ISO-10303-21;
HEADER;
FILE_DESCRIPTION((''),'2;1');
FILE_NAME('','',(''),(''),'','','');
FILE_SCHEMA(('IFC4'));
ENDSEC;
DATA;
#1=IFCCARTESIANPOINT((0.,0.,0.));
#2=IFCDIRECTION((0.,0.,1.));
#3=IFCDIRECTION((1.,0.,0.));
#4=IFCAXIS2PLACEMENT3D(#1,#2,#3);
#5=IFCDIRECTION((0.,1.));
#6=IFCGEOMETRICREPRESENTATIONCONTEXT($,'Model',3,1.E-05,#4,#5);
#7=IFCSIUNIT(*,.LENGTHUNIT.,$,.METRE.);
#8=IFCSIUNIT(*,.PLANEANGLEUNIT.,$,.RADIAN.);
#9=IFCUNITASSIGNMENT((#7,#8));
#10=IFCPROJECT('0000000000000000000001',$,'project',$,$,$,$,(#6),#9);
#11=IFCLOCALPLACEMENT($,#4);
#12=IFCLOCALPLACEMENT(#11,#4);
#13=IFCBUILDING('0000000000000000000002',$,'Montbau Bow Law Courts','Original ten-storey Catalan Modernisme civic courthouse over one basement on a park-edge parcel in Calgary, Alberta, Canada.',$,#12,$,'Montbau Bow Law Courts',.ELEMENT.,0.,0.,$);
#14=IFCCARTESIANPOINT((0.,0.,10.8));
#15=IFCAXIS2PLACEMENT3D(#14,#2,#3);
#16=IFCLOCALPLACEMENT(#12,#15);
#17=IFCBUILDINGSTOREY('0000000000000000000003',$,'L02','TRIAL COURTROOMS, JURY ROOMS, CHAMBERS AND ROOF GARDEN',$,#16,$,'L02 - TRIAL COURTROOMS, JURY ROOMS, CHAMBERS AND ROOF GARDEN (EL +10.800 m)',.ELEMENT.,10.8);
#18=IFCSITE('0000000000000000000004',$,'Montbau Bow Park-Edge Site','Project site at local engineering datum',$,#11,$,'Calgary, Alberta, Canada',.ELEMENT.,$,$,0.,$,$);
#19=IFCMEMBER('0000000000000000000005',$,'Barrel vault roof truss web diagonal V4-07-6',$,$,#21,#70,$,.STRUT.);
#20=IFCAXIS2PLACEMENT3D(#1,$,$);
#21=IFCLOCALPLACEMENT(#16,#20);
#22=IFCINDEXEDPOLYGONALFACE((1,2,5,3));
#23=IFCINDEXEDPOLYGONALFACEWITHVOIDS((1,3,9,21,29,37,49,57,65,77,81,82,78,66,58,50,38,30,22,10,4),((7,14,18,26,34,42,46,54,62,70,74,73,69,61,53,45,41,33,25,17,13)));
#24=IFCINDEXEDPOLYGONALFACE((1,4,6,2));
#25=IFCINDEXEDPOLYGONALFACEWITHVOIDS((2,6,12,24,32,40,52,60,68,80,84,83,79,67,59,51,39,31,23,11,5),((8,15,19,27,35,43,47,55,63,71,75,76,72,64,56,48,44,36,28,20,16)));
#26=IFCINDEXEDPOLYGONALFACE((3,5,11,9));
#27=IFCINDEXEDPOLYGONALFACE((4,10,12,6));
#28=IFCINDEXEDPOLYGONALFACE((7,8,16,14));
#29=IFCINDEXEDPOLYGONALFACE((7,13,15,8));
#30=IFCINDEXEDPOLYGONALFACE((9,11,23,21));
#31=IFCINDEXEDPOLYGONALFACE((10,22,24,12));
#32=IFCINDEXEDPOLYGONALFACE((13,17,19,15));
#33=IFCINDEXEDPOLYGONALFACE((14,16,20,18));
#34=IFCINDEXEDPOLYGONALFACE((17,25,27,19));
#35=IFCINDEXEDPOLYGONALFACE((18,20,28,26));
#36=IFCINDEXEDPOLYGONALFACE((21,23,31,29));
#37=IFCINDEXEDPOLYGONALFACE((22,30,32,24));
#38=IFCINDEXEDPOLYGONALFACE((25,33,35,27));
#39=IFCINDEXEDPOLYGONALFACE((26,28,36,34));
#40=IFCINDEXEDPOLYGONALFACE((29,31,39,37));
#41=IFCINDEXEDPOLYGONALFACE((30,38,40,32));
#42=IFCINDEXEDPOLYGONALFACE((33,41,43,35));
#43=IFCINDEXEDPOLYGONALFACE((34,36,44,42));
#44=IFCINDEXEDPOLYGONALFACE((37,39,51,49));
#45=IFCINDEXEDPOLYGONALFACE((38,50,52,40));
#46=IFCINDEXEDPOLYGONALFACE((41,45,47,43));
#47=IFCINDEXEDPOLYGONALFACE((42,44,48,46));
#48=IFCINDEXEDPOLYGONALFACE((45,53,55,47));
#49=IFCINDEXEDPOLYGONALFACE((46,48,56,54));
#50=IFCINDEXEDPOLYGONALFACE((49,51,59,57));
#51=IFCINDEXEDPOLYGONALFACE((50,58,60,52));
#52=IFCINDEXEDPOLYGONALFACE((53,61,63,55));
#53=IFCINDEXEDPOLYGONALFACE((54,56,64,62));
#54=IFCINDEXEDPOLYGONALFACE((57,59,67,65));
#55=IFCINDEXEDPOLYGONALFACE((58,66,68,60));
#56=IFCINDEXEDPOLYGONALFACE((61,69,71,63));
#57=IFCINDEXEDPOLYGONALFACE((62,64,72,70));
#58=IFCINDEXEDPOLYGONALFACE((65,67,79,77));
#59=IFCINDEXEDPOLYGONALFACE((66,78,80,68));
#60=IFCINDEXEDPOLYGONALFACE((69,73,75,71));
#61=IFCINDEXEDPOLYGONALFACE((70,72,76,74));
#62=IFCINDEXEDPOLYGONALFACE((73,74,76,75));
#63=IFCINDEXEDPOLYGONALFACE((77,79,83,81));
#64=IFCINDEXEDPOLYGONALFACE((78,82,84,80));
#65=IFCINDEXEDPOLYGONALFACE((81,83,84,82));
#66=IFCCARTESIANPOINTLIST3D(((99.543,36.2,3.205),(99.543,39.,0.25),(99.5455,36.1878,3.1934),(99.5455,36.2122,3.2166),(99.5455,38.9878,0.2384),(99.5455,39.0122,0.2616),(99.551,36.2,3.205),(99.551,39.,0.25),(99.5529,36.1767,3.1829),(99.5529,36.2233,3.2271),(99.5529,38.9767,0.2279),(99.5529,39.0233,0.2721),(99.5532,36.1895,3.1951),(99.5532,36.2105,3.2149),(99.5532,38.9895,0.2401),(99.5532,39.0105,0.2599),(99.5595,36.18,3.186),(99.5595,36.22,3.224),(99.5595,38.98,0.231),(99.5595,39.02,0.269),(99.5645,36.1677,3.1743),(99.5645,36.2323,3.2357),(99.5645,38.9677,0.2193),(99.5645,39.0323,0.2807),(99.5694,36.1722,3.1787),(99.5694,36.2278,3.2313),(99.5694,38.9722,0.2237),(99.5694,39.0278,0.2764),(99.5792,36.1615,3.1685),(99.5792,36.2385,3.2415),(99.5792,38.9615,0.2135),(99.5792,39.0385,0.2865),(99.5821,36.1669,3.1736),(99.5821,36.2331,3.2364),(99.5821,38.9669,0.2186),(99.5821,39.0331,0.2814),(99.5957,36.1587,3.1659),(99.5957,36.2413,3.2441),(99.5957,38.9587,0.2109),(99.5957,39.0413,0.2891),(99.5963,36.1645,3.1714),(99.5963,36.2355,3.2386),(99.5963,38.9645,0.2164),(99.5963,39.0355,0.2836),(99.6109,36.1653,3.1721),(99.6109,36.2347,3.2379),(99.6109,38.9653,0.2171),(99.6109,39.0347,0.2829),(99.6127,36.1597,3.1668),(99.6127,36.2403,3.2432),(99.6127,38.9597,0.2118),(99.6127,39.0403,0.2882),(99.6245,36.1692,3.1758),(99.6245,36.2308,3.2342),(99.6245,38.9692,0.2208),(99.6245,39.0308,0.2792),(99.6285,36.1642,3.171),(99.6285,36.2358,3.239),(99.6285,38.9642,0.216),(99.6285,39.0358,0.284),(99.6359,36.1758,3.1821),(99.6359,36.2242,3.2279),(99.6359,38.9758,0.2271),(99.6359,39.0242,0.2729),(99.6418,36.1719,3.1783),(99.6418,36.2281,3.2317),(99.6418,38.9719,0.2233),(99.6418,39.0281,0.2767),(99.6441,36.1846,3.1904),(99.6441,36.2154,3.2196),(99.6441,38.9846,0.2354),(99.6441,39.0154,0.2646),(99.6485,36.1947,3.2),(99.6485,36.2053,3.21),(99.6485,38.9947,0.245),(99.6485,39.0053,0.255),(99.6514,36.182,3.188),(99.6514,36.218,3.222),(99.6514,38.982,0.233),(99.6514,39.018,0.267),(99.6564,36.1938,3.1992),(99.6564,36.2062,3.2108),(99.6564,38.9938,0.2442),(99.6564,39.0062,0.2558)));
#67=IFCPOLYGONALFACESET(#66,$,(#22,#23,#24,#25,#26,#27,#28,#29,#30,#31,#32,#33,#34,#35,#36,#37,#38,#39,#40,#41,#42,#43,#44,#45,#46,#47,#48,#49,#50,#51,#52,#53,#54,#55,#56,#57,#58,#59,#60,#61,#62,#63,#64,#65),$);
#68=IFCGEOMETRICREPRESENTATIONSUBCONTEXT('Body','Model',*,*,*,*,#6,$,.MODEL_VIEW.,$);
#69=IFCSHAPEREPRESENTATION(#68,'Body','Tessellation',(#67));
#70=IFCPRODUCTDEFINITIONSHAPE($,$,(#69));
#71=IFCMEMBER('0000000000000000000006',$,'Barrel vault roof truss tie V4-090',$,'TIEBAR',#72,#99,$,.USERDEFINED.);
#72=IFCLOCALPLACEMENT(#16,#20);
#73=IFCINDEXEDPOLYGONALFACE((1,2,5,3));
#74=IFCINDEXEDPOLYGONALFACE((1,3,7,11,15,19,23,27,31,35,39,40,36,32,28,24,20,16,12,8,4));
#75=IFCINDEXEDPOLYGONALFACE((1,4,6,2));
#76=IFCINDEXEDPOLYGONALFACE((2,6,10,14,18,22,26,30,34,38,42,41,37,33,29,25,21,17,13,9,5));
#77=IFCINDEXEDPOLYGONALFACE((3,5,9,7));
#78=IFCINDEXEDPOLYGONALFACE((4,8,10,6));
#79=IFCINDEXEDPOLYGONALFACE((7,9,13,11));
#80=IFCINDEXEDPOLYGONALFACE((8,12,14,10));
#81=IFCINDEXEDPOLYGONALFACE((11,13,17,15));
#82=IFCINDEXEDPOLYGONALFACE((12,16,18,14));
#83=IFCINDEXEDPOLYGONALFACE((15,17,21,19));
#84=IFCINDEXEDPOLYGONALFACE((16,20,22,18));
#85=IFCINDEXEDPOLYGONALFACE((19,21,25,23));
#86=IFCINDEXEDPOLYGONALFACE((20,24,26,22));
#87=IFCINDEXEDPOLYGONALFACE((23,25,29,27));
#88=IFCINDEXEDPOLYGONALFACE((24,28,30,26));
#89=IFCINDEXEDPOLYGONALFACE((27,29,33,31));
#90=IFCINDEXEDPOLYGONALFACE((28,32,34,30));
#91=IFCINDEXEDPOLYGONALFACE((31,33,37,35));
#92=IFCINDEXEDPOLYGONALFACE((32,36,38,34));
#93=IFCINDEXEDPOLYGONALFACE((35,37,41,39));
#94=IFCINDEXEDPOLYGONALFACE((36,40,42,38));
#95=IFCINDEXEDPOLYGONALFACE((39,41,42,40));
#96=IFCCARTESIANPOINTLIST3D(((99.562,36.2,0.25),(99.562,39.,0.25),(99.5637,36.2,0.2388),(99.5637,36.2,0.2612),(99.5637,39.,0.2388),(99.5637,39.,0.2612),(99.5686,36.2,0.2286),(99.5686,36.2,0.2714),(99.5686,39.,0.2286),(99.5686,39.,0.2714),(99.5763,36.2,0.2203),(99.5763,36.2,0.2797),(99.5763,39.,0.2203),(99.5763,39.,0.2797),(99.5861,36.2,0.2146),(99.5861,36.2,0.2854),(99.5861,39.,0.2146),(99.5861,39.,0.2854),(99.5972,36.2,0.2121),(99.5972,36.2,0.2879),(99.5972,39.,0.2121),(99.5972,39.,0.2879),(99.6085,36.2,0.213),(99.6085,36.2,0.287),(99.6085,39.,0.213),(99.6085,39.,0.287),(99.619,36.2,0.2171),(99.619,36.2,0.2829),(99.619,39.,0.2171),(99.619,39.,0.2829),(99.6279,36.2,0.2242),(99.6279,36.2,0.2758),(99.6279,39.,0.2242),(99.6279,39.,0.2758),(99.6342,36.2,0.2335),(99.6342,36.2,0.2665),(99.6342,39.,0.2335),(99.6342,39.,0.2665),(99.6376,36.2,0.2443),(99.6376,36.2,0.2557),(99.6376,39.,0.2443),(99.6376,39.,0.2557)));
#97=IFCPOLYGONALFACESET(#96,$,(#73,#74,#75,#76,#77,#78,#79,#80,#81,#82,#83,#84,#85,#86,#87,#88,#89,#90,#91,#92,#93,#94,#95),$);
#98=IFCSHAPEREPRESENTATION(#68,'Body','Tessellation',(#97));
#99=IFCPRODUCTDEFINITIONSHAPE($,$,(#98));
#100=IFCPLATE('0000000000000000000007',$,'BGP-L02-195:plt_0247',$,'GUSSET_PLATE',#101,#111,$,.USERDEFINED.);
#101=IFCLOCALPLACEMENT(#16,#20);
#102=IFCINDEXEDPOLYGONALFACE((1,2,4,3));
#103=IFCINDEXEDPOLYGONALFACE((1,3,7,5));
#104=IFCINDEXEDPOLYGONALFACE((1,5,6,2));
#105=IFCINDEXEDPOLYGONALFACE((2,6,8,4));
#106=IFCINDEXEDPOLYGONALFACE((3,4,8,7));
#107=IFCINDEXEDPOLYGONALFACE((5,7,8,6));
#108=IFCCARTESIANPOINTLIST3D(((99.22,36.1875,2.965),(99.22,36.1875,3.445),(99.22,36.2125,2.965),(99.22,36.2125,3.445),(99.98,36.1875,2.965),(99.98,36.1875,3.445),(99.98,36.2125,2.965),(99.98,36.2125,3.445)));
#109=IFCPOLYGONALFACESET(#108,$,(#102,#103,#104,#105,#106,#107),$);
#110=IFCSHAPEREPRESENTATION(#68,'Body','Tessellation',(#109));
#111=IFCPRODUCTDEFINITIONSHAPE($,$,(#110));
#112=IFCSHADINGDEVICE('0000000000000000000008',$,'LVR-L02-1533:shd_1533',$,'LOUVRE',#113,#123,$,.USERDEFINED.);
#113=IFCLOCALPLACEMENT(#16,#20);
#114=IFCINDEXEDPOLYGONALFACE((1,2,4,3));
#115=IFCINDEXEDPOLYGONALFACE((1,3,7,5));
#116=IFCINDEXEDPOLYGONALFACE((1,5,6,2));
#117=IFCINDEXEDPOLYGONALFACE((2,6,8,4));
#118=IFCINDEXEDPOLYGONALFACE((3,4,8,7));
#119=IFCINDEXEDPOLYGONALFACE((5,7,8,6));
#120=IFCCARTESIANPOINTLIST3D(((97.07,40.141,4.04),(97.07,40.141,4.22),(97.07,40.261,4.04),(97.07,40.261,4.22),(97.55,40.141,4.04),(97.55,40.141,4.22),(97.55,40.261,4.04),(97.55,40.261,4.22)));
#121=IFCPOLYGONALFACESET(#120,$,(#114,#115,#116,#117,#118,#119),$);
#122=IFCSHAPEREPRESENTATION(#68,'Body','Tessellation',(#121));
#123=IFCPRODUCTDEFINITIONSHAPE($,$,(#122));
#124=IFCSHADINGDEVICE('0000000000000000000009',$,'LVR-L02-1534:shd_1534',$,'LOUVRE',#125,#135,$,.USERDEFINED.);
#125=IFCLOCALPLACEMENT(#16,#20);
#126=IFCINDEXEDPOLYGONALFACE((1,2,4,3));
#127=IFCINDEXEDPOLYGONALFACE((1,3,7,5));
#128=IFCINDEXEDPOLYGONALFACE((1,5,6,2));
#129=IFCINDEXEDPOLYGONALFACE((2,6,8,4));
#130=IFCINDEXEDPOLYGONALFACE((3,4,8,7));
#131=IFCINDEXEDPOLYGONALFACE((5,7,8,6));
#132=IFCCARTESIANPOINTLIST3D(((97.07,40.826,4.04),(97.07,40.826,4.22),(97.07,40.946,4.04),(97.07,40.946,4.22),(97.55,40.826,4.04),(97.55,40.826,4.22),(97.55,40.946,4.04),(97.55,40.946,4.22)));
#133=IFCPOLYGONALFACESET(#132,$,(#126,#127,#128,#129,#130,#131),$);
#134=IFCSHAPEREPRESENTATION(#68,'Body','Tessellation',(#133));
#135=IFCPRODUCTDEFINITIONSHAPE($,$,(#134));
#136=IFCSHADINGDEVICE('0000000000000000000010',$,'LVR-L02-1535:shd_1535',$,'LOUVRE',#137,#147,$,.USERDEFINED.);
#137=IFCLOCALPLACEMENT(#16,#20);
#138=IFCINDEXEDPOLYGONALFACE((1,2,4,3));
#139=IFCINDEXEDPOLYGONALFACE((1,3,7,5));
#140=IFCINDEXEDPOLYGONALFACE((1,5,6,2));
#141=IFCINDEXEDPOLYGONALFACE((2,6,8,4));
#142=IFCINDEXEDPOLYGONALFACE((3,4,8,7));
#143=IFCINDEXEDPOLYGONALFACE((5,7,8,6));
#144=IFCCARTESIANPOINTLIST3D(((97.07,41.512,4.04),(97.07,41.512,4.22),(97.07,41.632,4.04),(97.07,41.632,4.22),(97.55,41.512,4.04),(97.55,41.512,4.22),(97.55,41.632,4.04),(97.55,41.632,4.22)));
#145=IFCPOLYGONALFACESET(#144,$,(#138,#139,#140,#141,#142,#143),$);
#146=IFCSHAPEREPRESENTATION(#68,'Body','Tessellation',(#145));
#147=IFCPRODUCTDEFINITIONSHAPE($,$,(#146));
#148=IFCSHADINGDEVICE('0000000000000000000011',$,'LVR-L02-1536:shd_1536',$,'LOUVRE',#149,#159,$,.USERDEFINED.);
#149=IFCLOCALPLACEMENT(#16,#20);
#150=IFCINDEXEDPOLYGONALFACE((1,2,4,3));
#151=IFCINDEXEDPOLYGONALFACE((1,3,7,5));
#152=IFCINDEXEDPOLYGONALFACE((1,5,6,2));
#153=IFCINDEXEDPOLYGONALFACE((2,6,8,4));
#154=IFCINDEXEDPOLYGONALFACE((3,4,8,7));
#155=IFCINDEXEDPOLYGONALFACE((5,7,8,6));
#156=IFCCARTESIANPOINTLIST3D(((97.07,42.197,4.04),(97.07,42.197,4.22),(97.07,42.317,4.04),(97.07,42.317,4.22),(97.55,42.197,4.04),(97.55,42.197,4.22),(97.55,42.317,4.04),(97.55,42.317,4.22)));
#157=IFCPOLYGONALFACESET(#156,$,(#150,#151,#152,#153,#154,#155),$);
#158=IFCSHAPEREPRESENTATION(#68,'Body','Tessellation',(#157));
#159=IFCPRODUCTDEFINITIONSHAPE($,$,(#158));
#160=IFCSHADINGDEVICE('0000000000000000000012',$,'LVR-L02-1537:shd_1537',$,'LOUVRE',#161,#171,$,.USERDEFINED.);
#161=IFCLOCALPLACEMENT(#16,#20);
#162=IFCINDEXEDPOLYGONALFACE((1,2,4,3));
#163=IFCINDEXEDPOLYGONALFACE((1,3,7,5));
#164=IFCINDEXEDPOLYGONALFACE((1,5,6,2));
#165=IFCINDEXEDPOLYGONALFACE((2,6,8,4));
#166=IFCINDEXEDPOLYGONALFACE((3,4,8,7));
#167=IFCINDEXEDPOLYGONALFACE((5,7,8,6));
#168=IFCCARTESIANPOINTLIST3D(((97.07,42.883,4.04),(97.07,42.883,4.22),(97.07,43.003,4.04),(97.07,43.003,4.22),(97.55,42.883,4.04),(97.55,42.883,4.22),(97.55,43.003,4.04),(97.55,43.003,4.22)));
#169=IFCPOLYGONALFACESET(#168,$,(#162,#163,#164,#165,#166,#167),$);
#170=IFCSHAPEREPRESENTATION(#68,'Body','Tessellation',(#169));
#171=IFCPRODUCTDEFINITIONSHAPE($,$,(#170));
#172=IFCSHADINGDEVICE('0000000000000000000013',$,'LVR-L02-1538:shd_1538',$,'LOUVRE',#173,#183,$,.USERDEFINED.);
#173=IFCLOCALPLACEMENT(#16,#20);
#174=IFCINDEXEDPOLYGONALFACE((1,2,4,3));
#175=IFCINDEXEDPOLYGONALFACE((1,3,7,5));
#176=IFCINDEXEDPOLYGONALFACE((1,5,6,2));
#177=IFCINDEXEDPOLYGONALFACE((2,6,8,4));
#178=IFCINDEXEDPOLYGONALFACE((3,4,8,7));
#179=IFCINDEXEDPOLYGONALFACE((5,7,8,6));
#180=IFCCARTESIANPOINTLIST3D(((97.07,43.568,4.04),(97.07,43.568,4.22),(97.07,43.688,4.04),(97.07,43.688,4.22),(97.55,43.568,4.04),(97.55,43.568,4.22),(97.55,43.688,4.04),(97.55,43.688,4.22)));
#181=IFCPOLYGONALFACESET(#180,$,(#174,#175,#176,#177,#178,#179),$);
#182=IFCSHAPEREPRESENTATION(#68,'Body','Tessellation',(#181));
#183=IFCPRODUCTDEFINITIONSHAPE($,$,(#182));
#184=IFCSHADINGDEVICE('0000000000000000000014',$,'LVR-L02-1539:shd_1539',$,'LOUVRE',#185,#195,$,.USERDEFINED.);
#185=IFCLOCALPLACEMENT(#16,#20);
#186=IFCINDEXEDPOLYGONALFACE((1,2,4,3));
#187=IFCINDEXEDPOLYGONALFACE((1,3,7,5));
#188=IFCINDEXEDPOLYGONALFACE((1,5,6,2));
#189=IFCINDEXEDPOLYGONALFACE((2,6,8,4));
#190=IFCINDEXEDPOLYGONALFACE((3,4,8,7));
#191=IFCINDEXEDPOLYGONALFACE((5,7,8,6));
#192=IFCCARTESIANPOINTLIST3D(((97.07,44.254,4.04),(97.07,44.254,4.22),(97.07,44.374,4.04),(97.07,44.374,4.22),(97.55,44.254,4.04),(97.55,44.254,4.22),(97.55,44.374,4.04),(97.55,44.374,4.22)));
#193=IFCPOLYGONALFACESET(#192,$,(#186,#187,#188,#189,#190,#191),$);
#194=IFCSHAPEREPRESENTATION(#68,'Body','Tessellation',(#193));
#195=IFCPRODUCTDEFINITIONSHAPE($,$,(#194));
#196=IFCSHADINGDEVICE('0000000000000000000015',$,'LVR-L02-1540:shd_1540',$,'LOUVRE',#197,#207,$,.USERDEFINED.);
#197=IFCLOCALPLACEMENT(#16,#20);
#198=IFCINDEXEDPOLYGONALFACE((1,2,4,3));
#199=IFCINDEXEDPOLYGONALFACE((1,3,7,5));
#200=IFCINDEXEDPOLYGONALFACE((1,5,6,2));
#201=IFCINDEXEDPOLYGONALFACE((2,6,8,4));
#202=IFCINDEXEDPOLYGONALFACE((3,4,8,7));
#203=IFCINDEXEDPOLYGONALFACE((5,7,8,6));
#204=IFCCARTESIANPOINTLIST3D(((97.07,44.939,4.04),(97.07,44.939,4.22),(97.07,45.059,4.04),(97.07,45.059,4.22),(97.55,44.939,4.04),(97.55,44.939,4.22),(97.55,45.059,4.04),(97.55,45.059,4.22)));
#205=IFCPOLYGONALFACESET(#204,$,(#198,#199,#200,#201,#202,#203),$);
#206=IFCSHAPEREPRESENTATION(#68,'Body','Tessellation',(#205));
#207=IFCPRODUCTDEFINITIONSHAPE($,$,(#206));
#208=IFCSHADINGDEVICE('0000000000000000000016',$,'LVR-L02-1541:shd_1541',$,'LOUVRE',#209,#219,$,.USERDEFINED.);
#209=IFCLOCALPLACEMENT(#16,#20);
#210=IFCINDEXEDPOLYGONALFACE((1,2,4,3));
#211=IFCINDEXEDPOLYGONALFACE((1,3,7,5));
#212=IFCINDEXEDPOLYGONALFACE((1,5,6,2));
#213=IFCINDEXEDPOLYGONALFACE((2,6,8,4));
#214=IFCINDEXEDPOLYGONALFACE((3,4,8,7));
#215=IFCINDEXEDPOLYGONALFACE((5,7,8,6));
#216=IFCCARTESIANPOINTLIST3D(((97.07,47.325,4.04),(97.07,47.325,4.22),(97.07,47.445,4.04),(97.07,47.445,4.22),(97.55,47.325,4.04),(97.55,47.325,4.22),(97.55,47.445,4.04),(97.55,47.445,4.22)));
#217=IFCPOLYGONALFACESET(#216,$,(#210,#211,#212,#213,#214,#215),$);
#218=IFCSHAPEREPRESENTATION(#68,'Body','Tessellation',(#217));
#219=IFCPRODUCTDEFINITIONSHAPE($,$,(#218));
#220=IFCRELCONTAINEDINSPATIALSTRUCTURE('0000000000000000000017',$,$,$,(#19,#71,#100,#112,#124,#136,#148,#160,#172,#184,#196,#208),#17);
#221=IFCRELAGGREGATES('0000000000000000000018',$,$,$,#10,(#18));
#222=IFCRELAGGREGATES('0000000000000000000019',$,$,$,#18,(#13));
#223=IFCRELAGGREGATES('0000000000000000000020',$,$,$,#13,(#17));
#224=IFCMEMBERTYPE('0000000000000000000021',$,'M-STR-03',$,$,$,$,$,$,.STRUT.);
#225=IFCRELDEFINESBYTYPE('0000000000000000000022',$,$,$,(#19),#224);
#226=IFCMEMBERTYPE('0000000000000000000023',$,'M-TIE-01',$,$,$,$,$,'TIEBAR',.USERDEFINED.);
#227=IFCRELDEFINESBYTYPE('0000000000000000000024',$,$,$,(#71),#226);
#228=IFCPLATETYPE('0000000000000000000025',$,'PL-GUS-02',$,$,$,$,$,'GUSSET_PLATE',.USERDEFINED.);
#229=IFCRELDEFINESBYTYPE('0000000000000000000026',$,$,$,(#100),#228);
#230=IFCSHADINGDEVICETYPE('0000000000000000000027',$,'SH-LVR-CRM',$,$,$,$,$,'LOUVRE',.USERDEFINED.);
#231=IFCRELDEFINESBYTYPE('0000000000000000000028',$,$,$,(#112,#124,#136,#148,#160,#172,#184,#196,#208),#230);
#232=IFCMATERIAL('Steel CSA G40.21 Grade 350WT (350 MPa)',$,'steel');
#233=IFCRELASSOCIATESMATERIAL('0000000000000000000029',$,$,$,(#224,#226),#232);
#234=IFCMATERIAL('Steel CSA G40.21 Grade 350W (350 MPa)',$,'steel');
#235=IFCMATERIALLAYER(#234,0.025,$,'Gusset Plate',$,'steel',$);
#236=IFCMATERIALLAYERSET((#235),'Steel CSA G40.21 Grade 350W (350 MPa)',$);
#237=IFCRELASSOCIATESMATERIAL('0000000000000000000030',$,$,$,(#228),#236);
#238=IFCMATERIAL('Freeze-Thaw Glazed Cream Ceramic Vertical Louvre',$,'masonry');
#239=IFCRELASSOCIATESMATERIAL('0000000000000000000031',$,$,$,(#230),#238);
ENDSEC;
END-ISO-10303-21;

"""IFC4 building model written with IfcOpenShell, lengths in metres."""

from ifc_helpers import new_model, si_unit, direction, frame, origin_with_axes, origin_2d_with_axis, place, context, subcontext, project, spatial, rectangle, circle, hollow_circle, extrude, material, layer, layer_set, material_profile, profile_set, type_object, element, save


model = new_model("IFC4")

# Units and contexts
model_context = context("Model", 3, precision=1e-05, world=origin_with_axes(), true_north=direction((0.0, 1.0)))
body_context = subcontext(model_context, "Body", "Model", "MODEL_VIEW")
ifc_project = project(units=[si_unit("LENGTHUNIT", "METRE"), si_unit("PLANEANGLEUNIT", "RADIAN")], contexts=[model_context])

# Site, building, storey
site_placement = place(None, origin_with_axes())
site = spatial("IfcSite", under=ifc_project, at=site_placement, Name="Montbau Bow Park-Edge Site", Description="Project site at local engineering datum", LongName="Calgary, Alberta, Canada", CompositionType="ELEMENT", RefElevation=0.0)
building_placement = place(site_placement, origin_with_axes())
building = spatial("IfcBuilding", under=site, at=building_placement, Name="Montbau Bow Law Courts", Description="Original ten-storey Catalan Modernisme civic courthouse over one basement on a park-edge parcel in Calgary, Alberta, Canada.", LongName="Montbau Bow Law Courts", CompositionType="ELEMENT", ElevationOfRefHeight=0.0, ElevationOfTerrain=0.0)
storey_placement = place(building_placement, frame((0.0, 0.0, 10.8), z_axis=(0.0, 0.0, 1.0), x_axis=(1.0, 0.0, 0.0)))
storey = spatial("IfcBuildingStorey", under=building, at=storey_placement, Name="L02", Description="TRIAL COURTROOMS, JURY ROOMS, CHAMBERS AND ROOF GARDEN", LongName="L02 - TRIAL COURTROOMS, JURY ROOMS, CHAMBERS AND ROOF GARDEN (EL +10.800 m)", CompositionType="ELEMENT", Elevation=10.8)

# Shared definitions
ifc_material_1 = material(Name="Steel CSA G40.21 Grade 350W (350 MPa)", Category="steel")

# Shared definitions
ifc_material_2 = material(Name="Steel CSA G40.21 Grade 350WT (350 MPa)", Category="steel")

# Members
ifc_material_profile_1 = material_profile(ifc_material_2, hollow_circle(Radius=0.057, WallThickness=0.008, at=origin_2d_with_axis()), Name="HSS114X8.0", Category="Main", Priority=0)
ifc_profile_set_1 = profile_set([ifc_material_profile_1], Name="Steel CSA G40.21 Grade 350WT (350 MPa)")
member_type_1 = type_object("IfcMemberType", Name="M-STR-03", PredefinedType="STRUT", material=ifc_profile_set_1)
member_1_placement = place(None, frame((99.6, 36.2, 14.005), z_axis=(0.0, 0.687813, -0.725888), x_axis=(-1.0, 0.0, 0.0)))
element("IfcMember", 1, at=member_1_placement, inside=storey, type_object=member_type_1, Name="Barrel vault roof truss web diagonal V4-07-6", PredefinedType="STRUT", context=body_context, shape_type="SweptSolid", body=[
    extrude(hollow_circle(Radius=0.057, WallThickness=0.008, at=origin_2d_with_axis()), origin_with_axes(), (0.0, 0.0, 1.0), 4.0709),
])
ifc_material_profile_2 = material_profile(ifc_material_2, circle(Radius=0.038, at=origin_2d_with_axis()), Name="ROD76", Category="Main", Priority=0)
ifc_profile_set_2 = profile_set([ifc_material_profile_2], Name="Steel CSA G40.21 Grade 350WT (350 MPa)")
member_type_2 = type_object("IfcMemberType", Name="M-TIE-01", ElementType="TIEBAR", PredefinedType="USERDEFINED", material=ifc_profile_set_2)
member_2_placement = place(None, frame((99.6, 36.2, 11.05), z_axis=(0.0, 1.0, 0.0), x_axis=(-1.0, 0.0, 0.0)))
element("IfcMember", 2, at=member_2_placement, inside=storey, type_object=member_type_2, Name="Barrel vault roof truss tie V4-090", ObjectType="TIEBAR", PredefinedType="USERDEFINED", context=body_context, shape_type="SweptSolid", body=[
    extrude(circle(Radius=0.038, at=origin_2d_with_axis()), origin_with_axes(), (0.0, 0.0, 1.0), 2.8),
])

# Plate
ifc_layer = layer(ifc_material_1, 0.025, Name="Gusset Plate", Category="steel")
ifc_layer_set = layer_set([ifc_layer], Name="Steel CSA G40.21 Grade 350W (350 MPa)")
plate_type = type_object("IfcPlateType", Name="PL-GUS-02", ElementType="GUSSET_PLATE", PredefinedType="USERDEFINED", material=ifc_layer_set)
plate_placement = place(None, frame((99.6, 36.2, 13.765), z_axis=(0.0, 0.0, 1.0), x_axis=(1.0, 0.0, 0.0)))
element("IfcPlate", 3, at=plate_placement, inside=storey, type_object=plate_type, Name="BGP-L02-195:plt_0247", ObjectType="GUSSET_PLATE", PredefinedType="USERDEFINED", context=body_context, shape_type="SweptSolid", body=[
    extrude(rectangle(XDim=0.76, YDim=0.025, at=origin_2d_with_axis()), origin_with_axes(), (0.0, 0.0, 1.0), 0.48),
])

# Shading devices
ifc_material_3 = material(Name="Freeze-Thaw Glazed Cream Ceramic Vertical Louvre", Category="masonry")
shading_device_type = type_object("IfcShadingDeviceType", Name="SH-LVR-CRM", ElementType="LOUVRE", PredefinedType="USERDEFINED", material=ifc_material_3)
for number, where, z_axis, x_axis, name in (
    (4, (97.31, 40.201, 14.84), (0.0, 0.0, 1.0), (1.0, 0.0, 0.0), "LVR-L02-1533:shd_1533"),
    (5, (97.31, 40.886, 14.84), (0.0, 0.0, 1.0), (1.0, 0.0, 0.0), "LVR-L02-1534:shd_1534"),
    (6, (97.31, 41.572, 14.84), (0.0, 0.0, 1.0), (1.0, 0.0, 0.0), "LVR-L02-1535:shd_1535"),
    (7, (97.31, 42.257, 14.84), (0.0, 0.0, 1.0), (1.0, 0.0, 0.0), "LVR-L02-1536:shd_1536"),
    (8, (97.31, 42.943, 14.84), (0.0, 0.0, 1.0), (1.0, 0.0, 0.0), "LVR-L02-1537:shd_1537"),
    (9, (97.31, 43.628, 14.84), (0.0, 0.0, 1.0), (1.0, 0.0, 0.0), "LVR-L02-1538:shd_1538"),
    (10, (97.31, 44.314, 14.84), (0.0, 0.0, 1.0), (1.0, 0.0, 0.0), "LVR-L02-1539:shd_1539"),
    (11, (97.31, 44.999, 14.84), (0.0, 0.0, 1.0), (1.0, 0.0, 0.0), "LVR-L02-1540:shd_1540"),
    (12, (97.31, 47.385, 14.84), (0.0, 0.0, 1.0), (1.0, 0.0, 0.0), "LVR-L02-1541:shd_1541"),
):
    element("IfcShadingDevice", number, at=place(None, frame(where, z_axis=z_axis, x_axis=x_axis)), inside=storey, type_object=shading_device_type, Name=name, ObjectType="LOUVRE", PredefinedType="USERDEFINED", context=body_context, shape_type="SweptSolid", body=[
        extrude(rectangle(XDim=0.48, YDim=0.12, at=origin_2d_with_axis()), origin_with_axes(), (0.0, 0.0, 1.0), 0.18),
    ])

save(model, "model.ifc")
